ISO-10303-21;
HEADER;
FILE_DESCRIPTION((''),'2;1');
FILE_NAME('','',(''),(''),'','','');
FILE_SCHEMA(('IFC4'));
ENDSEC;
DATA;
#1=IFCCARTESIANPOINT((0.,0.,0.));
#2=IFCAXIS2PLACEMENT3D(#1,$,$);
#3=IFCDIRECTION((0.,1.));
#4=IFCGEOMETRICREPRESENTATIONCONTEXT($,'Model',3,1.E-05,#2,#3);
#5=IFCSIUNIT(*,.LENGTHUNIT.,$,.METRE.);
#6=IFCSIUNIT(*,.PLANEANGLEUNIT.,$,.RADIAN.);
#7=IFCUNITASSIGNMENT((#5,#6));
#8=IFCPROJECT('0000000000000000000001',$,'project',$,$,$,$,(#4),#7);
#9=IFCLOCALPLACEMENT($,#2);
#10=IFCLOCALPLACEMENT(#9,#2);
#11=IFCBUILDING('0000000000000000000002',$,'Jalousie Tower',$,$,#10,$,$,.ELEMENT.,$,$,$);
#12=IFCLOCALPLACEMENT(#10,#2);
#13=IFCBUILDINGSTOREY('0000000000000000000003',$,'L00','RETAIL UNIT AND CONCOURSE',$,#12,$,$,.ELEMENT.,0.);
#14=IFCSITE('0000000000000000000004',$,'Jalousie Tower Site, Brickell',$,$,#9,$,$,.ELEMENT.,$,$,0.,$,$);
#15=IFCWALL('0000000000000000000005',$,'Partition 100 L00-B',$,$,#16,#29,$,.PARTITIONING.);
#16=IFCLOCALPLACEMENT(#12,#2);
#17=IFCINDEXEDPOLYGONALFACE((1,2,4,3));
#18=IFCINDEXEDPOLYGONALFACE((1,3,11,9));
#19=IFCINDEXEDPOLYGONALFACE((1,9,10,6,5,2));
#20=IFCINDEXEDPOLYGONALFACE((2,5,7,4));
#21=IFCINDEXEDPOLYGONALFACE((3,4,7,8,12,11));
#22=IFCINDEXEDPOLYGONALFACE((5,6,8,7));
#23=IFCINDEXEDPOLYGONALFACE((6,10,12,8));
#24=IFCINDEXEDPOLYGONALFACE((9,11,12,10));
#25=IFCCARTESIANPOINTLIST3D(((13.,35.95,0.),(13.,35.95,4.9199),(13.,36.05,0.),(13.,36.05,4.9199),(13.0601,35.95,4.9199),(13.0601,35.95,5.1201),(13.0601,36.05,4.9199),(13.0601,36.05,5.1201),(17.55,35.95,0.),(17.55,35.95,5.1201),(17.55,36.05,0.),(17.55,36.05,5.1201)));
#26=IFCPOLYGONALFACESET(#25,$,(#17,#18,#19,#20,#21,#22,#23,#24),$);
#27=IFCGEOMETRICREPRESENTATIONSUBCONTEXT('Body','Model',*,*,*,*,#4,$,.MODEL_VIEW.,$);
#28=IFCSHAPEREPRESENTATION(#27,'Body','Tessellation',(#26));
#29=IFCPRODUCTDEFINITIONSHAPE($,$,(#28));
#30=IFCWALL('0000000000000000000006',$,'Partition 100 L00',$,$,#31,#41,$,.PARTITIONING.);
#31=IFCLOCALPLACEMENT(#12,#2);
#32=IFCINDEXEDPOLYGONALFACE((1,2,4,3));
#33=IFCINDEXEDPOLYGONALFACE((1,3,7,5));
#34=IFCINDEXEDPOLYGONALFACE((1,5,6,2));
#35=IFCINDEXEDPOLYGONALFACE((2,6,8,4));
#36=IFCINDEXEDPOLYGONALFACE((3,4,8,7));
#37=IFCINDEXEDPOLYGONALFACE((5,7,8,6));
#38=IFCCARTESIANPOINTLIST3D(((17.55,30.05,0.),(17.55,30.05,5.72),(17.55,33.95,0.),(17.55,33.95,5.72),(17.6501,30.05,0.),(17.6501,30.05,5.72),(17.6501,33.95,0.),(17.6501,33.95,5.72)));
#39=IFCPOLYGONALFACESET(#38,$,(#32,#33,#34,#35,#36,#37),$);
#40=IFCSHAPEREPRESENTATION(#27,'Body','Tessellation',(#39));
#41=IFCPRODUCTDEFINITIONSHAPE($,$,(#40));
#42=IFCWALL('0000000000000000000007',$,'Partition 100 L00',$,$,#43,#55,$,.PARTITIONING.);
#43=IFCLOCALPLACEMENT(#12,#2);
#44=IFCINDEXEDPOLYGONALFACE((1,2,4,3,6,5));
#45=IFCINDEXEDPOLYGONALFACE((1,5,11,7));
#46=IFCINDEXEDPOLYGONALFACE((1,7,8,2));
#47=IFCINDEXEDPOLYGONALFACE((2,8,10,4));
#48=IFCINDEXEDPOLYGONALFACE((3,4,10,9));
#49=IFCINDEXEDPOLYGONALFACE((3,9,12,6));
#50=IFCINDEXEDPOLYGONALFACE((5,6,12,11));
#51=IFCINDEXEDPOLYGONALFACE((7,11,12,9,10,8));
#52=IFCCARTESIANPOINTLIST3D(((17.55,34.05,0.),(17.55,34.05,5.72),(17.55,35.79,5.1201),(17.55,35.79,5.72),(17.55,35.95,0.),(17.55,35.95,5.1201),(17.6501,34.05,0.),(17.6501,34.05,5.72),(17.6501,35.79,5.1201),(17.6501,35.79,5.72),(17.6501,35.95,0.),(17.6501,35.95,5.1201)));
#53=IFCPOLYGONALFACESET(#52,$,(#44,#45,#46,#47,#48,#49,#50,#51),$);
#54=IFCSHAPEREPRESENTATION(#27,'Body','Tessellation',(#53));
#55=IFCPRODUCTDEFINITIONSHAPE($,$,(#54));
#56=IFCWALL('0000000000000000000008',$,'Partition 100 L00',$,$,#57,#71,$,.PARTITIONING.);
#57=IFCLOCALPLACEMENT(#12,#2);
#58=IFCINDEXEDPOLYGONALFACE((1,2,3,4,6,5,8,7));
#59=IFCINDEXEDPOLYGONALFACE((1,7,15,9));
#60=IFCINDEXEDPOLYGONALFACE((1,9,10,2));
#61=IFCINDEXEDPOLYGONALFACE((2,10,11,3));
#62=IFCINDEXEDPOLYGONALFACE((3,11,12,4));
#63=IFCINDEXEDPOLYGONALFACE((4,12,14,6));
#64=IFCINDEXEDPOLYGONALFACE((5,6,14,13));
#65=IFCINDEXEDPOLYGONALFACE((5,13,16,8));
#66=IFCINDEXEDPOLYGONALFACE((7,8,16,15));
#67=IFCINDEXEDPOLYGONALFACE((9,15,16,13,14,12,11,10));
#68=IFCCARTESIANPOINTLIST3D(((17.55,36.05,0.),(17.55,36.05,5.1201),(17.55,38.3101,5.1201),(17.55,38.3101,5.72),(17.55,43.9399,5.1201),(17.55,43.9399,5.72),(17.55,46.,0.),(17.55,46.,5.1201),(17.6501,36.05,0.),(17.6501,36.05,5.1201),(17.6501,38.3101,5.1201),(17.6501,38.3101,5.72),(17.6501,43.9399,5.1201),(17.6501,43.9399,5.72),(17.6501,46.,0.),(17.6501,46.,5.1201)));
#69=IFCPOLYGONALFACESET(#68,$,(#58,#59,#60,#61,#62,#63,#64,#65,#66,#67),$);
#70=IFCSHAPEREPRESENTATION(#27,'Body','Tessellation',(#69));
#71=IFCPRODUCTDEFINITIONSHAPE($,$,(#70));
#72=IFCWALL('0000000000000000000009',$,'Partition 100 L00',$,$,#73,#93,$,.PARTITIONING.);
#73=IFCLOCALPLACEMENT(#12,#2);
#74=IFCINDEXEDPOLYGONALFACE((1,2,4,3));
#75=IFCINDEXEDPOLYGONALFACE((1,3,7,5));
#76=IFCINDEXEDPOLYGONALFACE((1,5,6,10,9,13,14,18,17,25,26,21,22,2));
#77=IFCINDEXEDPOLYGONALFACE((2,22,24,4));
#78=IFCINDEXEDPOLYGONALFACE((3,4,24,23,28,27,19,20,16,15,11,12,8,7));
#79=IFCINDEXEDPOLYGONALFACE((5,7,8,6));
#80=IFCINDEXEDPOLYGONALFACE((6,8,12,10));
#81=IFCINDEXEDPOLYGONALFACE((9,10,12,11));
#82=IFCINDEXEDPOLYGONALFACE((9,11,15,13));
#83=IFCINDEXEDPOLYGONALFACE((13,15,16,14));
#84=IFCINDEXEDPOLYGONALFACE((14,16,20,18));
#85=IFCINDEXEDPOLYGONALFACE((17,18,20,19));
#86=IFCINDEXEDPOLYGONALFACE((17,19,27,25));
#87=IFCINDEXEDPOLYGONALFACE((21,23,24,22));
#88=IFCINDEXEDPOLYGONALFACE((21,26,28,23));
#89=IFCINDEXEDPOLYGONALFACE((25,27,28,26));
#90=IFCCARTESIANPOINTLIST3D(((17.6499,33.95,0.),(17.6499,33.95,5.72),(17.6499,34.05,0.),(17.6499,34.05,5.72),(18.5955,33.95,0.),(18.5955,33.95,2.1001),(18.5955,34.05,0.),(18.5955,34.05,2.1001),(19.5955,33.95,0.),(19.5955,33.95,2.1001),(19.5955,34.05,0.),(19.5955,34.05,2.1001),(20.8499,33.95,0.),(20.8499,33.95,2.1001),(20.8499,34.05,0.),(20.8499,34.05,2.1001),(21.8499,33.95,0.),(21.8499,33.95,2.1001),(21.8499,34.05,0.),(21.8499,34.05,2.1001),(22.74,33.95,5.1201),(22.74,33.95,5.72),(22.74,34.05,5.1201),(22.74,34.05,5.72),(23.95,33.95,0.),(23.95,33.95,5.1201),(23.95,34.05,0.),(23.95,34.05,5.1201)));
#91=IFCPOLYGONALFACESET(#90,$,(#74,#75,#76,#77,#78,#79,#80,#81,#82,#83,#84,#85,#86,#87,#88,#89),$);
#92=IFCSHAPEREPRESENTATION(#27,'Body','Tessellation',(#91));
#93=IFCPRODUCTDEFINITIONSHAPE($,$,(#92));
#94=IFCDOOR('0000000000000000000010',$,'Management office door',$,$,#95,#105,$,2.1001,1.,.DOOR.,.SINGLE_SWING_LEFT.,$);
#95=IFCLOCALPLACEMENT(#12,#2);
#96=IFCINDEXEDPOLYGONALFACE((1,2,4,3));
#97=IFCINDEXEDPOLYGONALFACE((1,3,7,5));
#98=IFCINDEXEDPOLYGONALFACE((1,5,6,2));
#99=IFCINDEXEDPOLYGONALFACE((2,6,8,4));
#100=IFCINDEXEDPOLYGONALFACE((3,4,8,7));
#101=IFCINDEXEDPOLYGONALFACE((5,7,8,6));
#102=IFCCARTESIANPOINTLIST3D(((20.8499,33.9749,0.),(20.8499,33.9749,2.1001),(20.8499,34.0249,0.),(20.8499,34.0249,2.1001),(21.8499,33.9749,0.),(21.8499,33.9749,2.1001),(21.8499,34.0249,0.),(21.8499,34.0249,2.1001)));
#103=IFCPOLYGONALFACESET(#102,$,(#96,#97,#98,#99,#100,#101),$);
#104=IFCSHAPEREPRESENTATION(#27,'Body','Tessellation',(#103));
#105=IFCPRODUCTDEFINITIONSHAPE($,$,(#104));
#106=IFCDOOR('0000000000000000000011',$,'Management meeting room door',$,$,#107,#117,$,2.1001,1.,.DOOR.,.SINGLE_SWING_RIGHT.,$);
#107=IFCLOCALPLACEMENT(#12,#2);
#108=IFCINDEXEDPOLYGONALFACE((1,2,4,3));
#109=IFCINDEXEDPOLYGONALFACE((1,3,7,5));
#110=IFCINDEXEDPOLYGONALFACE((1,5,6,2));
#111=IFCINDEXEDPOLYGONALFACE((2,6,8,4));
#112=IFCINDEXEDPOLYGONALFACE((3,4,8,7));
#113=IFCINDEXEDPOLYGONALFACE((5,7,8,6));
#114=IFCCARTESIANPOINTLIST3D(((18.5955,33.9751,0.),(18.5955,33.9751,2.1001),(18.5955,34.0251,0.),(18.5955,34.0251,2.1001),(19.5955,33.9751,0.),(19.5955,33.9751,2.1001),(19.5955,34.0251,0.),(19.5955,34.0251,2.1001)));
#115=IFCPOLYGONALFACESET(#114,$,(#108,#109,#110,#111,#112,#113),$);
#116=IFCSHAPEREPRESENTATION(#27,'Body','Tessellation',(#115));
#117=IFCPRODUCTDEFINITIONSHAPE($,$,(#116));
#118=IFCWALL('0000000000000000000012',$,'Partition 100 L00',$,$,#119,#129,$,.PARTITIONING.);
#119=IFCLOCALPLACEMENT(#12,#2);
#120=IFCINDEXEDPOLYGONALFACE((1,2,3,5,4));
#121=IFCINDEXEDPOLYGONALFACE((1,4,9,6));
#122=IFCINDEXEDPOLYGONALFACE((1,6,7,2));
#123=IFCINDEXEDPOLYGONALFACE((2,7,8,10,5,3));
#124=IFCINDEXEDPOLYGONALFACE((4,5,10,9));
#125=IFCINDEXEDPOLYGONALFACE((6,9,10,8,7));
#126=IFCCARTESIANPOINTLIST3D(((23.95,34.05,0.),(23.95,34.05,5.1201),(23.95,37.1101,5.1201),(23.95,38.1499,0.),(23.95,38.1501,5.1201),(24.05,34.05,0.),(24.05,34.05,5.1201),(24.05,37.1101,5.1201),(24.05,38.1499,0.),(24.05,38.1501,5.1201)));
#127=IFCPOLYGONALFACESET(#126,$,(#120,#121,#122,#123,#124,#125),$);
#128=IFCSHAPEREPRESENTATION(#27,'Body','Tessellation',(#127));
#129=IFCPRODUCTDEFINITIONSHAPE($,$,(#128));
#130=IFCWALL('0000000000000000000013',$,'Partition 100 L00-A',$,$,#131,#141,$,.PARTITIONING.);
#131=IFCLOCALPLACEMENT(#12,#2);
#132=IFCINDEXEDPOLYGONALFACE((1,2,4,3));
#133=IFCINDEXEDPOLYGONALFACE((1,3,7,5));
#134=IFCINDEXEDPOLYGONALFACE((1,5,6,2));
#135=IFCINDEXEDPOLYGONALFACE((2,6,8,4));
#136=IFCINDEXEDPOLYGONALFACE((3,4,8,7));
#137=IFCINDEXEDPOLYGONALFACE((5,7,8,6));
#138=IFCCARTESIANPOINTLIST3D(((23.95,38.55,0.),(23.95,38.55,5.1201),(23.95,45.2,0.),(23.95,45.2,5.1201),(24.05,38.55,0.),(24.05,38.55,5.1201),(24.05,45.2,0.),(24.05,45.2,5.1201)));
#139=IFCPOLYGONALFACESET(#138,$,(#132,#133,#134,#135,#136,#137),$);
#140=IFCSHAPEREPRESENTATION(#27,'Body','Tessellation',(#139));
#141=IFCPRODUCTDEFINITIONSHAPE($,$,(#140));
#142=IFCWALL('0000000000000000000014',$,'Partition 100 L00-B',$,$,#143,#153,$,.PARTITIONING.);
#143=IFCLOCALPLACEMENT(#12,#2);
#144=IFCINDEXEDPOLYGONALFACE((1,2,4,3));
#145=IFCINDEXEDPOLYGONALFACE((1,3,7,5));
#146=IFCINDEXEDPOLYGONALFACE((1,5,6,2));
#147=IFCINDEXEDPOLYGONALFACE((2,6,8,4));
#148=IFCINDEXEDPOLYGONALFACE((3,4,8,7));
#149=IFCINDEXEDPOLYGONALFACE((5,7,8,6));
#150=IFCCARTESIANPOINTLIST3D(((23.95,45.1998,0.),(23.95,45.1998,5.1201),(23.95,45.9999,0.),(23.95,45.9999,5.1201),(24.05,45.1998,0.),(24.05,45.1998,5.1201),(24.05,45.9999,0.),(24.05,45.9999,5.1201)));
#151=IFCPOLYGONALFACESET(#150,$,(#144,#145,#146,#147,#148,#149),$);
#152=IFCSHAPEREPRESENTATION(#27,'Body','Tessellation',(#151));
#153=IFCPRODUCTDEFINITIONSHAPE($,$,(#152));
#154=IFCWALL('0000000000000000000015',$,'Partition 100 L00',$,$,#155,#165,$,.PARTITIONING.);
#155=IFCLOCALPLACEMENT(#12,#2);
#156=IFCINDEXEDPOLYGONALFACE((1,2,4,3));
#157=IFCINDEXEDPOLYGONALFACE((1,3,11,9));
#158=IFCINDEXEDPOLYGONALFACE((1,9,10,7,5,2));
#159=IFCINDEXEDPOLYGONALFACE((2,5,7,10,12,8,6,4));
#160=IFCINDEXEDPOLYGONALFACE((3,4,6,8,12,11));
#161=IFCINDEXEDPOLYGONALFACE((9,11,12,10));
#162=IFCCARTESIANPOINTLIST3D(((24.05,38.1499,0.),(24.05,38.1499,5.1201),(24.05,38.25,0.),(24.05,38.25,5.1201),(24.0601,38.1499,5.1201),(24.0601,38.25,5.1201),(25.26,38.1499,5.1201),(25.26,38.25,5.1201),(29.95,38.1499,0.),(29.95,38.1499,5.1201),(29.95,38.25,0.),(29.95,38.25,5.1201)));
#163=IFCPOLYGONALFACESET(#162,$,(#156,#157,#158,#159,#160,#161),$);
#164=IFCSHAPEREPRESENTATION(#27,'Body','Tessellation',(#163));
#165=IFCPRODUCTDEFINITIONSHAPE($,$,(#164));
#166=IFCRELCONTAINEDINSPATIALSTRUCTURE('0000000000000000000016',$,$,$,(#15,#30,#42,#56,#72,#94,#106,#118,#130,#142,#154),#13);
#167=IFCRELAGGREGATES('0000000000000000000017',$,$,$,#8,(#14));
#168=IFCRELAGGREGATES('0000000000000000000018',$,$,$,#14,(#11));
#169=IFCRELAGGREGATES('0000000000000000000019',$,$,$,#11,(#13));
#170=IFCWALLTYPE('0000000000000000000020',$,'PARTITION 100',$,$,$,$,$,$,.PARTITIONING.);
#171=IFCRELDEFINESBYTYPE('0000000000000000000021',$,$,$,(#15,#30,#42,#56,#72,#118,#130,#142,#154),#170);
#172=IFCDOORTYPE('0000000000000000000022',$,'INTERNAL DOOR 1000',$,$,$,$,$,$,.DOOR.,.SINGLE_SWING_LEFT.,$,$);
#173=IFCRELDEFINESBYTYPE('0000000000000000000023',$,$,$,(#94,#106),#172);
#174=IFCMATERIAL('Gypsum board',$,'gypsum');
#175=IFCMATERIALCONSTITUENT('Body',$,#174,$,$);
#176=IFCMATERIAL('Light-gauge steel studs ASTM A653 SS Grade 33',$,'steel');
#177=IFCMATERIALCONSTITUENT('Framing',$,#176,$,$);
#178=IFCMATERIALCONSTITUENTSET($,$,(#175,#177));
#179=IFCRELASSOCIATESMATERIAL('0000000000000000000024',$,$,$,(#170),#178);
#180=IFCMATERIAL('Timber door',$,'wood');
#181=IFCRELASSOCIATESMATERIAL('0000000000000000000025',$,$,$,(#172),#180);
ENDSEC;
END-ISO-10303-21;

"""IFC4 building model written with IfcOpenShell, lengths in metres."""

from ifc_helpers import new_model, si_unit, direction, frame, frame_2d, origin, place, context, subcontext, project, spatial, polyline, rectangle, outline, extrude, material, constituent, constituent_set, type_object, element, fill, save


model = new_model("IFC4")

# Units and contexts
model_context = context("Model", 3, precision=1e-05, world=origin(), true_north=direction((0.0, 1.0)))
body_context = subcontext(model_context, "Body", "Model", "MODEL_VIEW")
ifc_project = project(units=[si_unit("LENGTHUNIT", "METRE"), si_unit("PLANEANGLEUNIT", "RADIAN")], contexts=[model_context])

# Site, building, storey
site_placement = place(None, origin())
site = spatial("IfcSite", under=ifc_project, at=site_placement, Name="Jalousie Tower Site, Brickell", CompositionType="ELEMENT", RefElevation=0.0)
building_placement = place(site_placement, origin())
building = spatial("IfcBuilding", under=site, at=building_placement, Name="Jalousie Tower", CompositionType="ELEMENT")
storey_placement = place(building_placement, origin())
storey = spatial("IfcBuildingStorey", under=building, at=storey_placement, Name="L00", Description="RETAIL UNIT AND CONCOURSE", CompositionType="ELEMENT", Elevation=0.0)

# Walls
ifc_material_1 = material(Name="Gypsum board", Category="gypsum")
ifc_constituent_1 = constituent(ifc_material_1, Name="Body")
ifc_material_2 = material(Name="Light-gauge steel studs ASTM A653 SS Grade 33", Category="steel")
ifc_constituent_2 = constituent(ifc_material_2, Name="Framing")
ifc_constituent_set_1 = constituent_set(constituents=[ifc_constituent_1, ifc_constituent_2])
wall_type_1 = type_object("IfcWallType", Name="PARTITION 100", PredefinedType="PARTITIONING", material=ifc_constituent_set_1)
wall_1_placement = place(storey_placement, frame((13.0, 36.0, 0.0), z_axis=(0.0, 0.0, 1.0), x_axis=(1.0, 0.0, 0.0)))
element("IfcWall", 1, at=wall_1_placement, inside=storey, type_object=wall_type_1, Name="Partition 100 L00-B", PredefinedType="PARTITIONING", context=body_context, shape_type="SweptSolid", body=[
    extrude(outline(polyline([(0.0, 0.0), (4.55, 0.0), (4.55, 5.1201), (0.0601, 5.1201), (0.0601, 4.9199), (0.0, 4.9199), (0.0, 0.0)])), frame((0.0, 0.05, 0.0), z_axis=(0.0, -1.0, 0.0), x_axis=(1.0, 0.0, 0.0)), (0.0, 0.0, 1.0), 0.1001),
])
wall_2_placement = place(storey_placement, frame((17.6001, 30.05, 0.0), z_axis=(0.0, 0.0, 1.0), x_axis=(0.0, 1.0, 0.0)))
element("IfcWall", 2, at=wall_2_placement, inside=storey, type_object=wall_type_1, Name="Partition 100 L00", PredefinedType="PARTITIONING", context=body_context, shape_type="SweptSolid", body=[
    extrude(rectangle(XDim=3.8999, YDim=0.1001, at=frame_2d((1.95, 0.0))), origin(), (0.0, 0.0, 1.0), 5.72),
])
wall_3_placement = place(storey_placement, frame((17.6001, 34.05, 0.0), z_axis=(0.0, 0.0, 1.0), x_axis=(0.0, 1.0, 0.0)))
element("IfcWall", 3, at=wall_3_placement, inside=storey, type_object=wall_type_1, Name="Partition 100 L00", PredefinedType="PARTITIONING", context=body_context, shape_type="SweptSolid", body=[
    extrude(outline(polyline([(0.0, 0.0), (1.8999, 0.0), (1.8999, 5.72), (1.8999, 5.1201), (1.74, 5.1201), (1.74, 5.72), (0.0, 5.72), (0.0, 0.0)])), frame((0.0, 0.05, 0.0), z_axis=(0.0, -1.0, 0.0), x_axis=(1.0, 0.0, 0.0)), (0.0, 0.0, 1.0), 0.1001),
])
wall_4_placement = place(storey_placement, frame((17.6001, 36.05, 0.0), z_axis=(0.0, 0.0, 1.0), x_axis=(0.0, 1.0, 0.0)))
element("IfcWall", 4, at=wall_4_placement, inside=storey, type_object=wall_type_1, Name="Partition 100 L00", PredefinedType="PARTITIONING", context=body_context, shape_type="SweptSolid", body=[
    extrude(outline(polyline([(0.0, 0.0), (9.95, 0.0), (9.95, 5.72), (9.95, 5.1201), (7.8899, 5.1201), (7.8899, 5.72), (2.26, 5.72), (2.26, 5.1201), (0.0, 5.1201), (0.0, 5.72), (0.0, 0.0)])), frame((0.0, 0.05, 0.0), z_axis=(0.0, -1.0, 0.0), x_axis=(1.0, 0.0, 0.0)), (0.0, 0.0, 1.0), 0.1001),
])

# Wall, openings, doors
wall_5_placement = place(storey_placement, frame((17.6499, 34.0, 0.0), z_axis=(0.0, 0.0, 1.0), x_axis=(1.0, 0.0, 0.0)))
wall_5 = element("IfcWall", 5, at=wall_5_placement, inside=storey, type_object=wall_type_1, Name="Partition 100 L00", PredefinedType="PARTITIONING", context=body_context, shape_type="SweptSolid", body=[
    extrude(outline(polyline([(0.0, 0.0), (6.3, 0.0), (6.3, 5.72), (6.3, 5.1201), (5.0901, 5.1201), (5.0901, 5.72), (0.0, 5.72), (0.0, 0.0)])), frame((0.0, 0.05, 0.0), z_axis=(0.0, -1.0, 0.0), x_axis=(1.0, 0.0, 0.0)), (0.0, 0.0, 1.0), 0.1001),
])
opening_1_placement = place(wall_5_placement, frame((3.2, 0.0, 0.0)))
opening_1 = element("IfcOpeningElement", 6, at=opening_1_placement, cuts=wall_5, PredefinedType="OPENING", context=body_context, shape_type="SweptSolid", body=[
    extrude(rectangle(XDim=1.0, YDim=2.1001, at=frame_2d((0.5, 1.05))), frame((0.0, 0.0601, 0.0), z_axis=(0.0, -1.0, 0.0), x_axis=(1.0, 0.0, 0.0)), (0.0, 0.0, 1.0), 0.1201),
])
opening_2_placement = place(wall_5_placement, frame((0.9456, 0.0, 0.0)))
opening_2 = element("IfcOpeningElement", 7, at=opening_2_placement, cuts=wall_5, PredefinedType="OPENING", context=body_context, shape_type="SweptSolid", body=[
    extrude(rectangle(XDim=1.0, YDim=2.1001, at=frame_2d((0.5, 1.05))), frame((0.0, 0.0601, 0.0), z_axis=(0.0, -1.0, 0.0), x_axis=(1.0, 0.0, 0.0)), (0.0, 0.0, 1.0), 0.1201),
])
ifc_material_3 = material(Name="Timber door", Category="wood")
door_type_1 = type_object("IfcDoorType", Name="INTERNAL DOOR 1000", OperationType="SINGLE_SWING_LEFT", PredefinedType="DOOR", material=ifc_material_3)
door_1_placement = place(opening_1_placement, origin())
door_1 = element("IfcDoor", 8, at=door_1_placement, inside=storey, type_object=door_type_1, Name="Management office door", OperationType="SINGLE_SWING_LEFT", OverallHeight=2.1001, OverallWidth=1.0, PredefinedType="DOOR", context=body_context, shape_type="SweptSolid", body=[
    extrude(rectangle(XDim=1.0, YDim=2.1001, at=frame_2d((0.5, 1.05))), frame((0.0, 0.0249, 0.0), z_axis=(0.0, -1.0, 0.0), x_axis=(1.0, 0.0, 0.0)), (0.0, 0.0, 1.0), 0.05),
])
fill(opening_1, door_1)
door_2_placement = place(opening_2_placement, frame((1.0, 0.0, 0.0), z_axis=(0.0, 0.0, 1.0), x_axis=(-1.0, 0.0, 0.0)))
door_2 = element("IfcDoor", 9, at=door_2_placement, inside=storey, type_object=door_type_1, Name="Management meeting room door", OperationType="SINGLE_SWING_RIGHT", OverallHeight=2.1001, OverallWidth=1.0, PredefinedType="DOOR", context=body_context, shape_type="SweptSolid", body=[
    extrude(rectangle(XDim=1.0, YDim=2.1001, at=frame_2d((0.5, 1.05))), frame((0.0, 0.0249, 0.0), z_axis=(0.0, -1.0, 0.0), x_axis=(1.0, 0.0, 0.0)), (0.0, 0.0, 1.0), 0.05),
])
fill(opening_2, door_2)

# Walls
wall_6_placement = place(storey_placement, frame((24.0, 34.05, 0.0), z_axis=(0.0, 0.0, 1.0), x_axis=(0.0, 1.0, 0.0)))
element("IfcWall", 10, at=wall_6_placement, inside=storey, type_object=wall_type_1, Name="Partition 100 L00", PredefinedType="PARTITIONING", context=body_context, shape_type="SweptSolid", body=[
    extrude(outline(polyline([(0.0, 0.0), (4.0999, 0.0), (4.1001, 5.72), (4.1001, 5.1201), (3.0601, 5.1201), (0.0, 5.1201), (0.0, 5.72), (0.0, 0.0)])), frame((0.0, 0.05, 0.0), z_axis=(0.0, -1.0, 0.0), x_axis=(1.0, 0.0, 0.0)), (0.0, 0.0, 1.0), 0.1001),
])
wall_7_placement = place(storey_placement, frame((24.0, 38.55, 0.0), z_axis=(0.0, 0.0, 1.0), x_axis=(0.0, 1.0, 0.0)))
element("IfcWall", 11, at=wall_7_placement, inside=storey, type_object=wall_type_1, Name="Partition 100 L00-A", PredefinedType="PARTITIONING", context=body_context, shape_type="SweptSolid", body=[
    extrude(rectangle(XDim=6.6499, YDim=0.1001, at=frame_2d((3.325, 0.0))), origin(), (0.0, 0.0, 1.0), 5.1201),
])
wall_8_placement = place(storey_placement, frame((24.0, 45.2, 0.0), z_axis=(0.0, 0.0, 1.0), x_axis=(0.0, 1.0, 0.0)))
element("IfcWall", 12, at=wall_8_placement, inside=storey, type_object=wall_type_1, Name="Partition 100 L00-B", PredefinedType="PARTITIONING", context=body_context, shape_type="SweptSolid", body=[
    extrude(rectangle(XDim=0.8, YDim=0.1001, at=frame_2d((0.3999, 0.0))), origin(), (0.0, 0.0, 1.0), 5.1201),
])
wall_9_placement = place(storey_placement, frame((24.05, 38.2, 0.0), z_axis=(0.0, 0.0, 1.0), x_axis=(1.0, 0.0, 0.0)))
element("IfcWall", 13, at=wall_9_placement, inside=storey, type_object=wall_type_1, Name="Partition 100 L00", PredefinedType="PARTITIONING", context=body_context, shape_type="SweptSolid", body=[
    extrude(outline(polyline([(0.0, 0.0), (5.8999, 0.0), (5.8999, 5.72), (5.8999, 5.1201), (1.21, 5.1201), (0.01, 5.1201), (0.0, 5.1201), (0.0, 5.72), (0.0, 0.0)])), frame((0.0, 0.05, 0.0), z_axis=(0.0, -1.0, 0.0), x_axis=(1.0, 0.0, 0.0)), (0.0, 0.0, 1.0), 0.1001),
])

save(model, "model.ifc")
